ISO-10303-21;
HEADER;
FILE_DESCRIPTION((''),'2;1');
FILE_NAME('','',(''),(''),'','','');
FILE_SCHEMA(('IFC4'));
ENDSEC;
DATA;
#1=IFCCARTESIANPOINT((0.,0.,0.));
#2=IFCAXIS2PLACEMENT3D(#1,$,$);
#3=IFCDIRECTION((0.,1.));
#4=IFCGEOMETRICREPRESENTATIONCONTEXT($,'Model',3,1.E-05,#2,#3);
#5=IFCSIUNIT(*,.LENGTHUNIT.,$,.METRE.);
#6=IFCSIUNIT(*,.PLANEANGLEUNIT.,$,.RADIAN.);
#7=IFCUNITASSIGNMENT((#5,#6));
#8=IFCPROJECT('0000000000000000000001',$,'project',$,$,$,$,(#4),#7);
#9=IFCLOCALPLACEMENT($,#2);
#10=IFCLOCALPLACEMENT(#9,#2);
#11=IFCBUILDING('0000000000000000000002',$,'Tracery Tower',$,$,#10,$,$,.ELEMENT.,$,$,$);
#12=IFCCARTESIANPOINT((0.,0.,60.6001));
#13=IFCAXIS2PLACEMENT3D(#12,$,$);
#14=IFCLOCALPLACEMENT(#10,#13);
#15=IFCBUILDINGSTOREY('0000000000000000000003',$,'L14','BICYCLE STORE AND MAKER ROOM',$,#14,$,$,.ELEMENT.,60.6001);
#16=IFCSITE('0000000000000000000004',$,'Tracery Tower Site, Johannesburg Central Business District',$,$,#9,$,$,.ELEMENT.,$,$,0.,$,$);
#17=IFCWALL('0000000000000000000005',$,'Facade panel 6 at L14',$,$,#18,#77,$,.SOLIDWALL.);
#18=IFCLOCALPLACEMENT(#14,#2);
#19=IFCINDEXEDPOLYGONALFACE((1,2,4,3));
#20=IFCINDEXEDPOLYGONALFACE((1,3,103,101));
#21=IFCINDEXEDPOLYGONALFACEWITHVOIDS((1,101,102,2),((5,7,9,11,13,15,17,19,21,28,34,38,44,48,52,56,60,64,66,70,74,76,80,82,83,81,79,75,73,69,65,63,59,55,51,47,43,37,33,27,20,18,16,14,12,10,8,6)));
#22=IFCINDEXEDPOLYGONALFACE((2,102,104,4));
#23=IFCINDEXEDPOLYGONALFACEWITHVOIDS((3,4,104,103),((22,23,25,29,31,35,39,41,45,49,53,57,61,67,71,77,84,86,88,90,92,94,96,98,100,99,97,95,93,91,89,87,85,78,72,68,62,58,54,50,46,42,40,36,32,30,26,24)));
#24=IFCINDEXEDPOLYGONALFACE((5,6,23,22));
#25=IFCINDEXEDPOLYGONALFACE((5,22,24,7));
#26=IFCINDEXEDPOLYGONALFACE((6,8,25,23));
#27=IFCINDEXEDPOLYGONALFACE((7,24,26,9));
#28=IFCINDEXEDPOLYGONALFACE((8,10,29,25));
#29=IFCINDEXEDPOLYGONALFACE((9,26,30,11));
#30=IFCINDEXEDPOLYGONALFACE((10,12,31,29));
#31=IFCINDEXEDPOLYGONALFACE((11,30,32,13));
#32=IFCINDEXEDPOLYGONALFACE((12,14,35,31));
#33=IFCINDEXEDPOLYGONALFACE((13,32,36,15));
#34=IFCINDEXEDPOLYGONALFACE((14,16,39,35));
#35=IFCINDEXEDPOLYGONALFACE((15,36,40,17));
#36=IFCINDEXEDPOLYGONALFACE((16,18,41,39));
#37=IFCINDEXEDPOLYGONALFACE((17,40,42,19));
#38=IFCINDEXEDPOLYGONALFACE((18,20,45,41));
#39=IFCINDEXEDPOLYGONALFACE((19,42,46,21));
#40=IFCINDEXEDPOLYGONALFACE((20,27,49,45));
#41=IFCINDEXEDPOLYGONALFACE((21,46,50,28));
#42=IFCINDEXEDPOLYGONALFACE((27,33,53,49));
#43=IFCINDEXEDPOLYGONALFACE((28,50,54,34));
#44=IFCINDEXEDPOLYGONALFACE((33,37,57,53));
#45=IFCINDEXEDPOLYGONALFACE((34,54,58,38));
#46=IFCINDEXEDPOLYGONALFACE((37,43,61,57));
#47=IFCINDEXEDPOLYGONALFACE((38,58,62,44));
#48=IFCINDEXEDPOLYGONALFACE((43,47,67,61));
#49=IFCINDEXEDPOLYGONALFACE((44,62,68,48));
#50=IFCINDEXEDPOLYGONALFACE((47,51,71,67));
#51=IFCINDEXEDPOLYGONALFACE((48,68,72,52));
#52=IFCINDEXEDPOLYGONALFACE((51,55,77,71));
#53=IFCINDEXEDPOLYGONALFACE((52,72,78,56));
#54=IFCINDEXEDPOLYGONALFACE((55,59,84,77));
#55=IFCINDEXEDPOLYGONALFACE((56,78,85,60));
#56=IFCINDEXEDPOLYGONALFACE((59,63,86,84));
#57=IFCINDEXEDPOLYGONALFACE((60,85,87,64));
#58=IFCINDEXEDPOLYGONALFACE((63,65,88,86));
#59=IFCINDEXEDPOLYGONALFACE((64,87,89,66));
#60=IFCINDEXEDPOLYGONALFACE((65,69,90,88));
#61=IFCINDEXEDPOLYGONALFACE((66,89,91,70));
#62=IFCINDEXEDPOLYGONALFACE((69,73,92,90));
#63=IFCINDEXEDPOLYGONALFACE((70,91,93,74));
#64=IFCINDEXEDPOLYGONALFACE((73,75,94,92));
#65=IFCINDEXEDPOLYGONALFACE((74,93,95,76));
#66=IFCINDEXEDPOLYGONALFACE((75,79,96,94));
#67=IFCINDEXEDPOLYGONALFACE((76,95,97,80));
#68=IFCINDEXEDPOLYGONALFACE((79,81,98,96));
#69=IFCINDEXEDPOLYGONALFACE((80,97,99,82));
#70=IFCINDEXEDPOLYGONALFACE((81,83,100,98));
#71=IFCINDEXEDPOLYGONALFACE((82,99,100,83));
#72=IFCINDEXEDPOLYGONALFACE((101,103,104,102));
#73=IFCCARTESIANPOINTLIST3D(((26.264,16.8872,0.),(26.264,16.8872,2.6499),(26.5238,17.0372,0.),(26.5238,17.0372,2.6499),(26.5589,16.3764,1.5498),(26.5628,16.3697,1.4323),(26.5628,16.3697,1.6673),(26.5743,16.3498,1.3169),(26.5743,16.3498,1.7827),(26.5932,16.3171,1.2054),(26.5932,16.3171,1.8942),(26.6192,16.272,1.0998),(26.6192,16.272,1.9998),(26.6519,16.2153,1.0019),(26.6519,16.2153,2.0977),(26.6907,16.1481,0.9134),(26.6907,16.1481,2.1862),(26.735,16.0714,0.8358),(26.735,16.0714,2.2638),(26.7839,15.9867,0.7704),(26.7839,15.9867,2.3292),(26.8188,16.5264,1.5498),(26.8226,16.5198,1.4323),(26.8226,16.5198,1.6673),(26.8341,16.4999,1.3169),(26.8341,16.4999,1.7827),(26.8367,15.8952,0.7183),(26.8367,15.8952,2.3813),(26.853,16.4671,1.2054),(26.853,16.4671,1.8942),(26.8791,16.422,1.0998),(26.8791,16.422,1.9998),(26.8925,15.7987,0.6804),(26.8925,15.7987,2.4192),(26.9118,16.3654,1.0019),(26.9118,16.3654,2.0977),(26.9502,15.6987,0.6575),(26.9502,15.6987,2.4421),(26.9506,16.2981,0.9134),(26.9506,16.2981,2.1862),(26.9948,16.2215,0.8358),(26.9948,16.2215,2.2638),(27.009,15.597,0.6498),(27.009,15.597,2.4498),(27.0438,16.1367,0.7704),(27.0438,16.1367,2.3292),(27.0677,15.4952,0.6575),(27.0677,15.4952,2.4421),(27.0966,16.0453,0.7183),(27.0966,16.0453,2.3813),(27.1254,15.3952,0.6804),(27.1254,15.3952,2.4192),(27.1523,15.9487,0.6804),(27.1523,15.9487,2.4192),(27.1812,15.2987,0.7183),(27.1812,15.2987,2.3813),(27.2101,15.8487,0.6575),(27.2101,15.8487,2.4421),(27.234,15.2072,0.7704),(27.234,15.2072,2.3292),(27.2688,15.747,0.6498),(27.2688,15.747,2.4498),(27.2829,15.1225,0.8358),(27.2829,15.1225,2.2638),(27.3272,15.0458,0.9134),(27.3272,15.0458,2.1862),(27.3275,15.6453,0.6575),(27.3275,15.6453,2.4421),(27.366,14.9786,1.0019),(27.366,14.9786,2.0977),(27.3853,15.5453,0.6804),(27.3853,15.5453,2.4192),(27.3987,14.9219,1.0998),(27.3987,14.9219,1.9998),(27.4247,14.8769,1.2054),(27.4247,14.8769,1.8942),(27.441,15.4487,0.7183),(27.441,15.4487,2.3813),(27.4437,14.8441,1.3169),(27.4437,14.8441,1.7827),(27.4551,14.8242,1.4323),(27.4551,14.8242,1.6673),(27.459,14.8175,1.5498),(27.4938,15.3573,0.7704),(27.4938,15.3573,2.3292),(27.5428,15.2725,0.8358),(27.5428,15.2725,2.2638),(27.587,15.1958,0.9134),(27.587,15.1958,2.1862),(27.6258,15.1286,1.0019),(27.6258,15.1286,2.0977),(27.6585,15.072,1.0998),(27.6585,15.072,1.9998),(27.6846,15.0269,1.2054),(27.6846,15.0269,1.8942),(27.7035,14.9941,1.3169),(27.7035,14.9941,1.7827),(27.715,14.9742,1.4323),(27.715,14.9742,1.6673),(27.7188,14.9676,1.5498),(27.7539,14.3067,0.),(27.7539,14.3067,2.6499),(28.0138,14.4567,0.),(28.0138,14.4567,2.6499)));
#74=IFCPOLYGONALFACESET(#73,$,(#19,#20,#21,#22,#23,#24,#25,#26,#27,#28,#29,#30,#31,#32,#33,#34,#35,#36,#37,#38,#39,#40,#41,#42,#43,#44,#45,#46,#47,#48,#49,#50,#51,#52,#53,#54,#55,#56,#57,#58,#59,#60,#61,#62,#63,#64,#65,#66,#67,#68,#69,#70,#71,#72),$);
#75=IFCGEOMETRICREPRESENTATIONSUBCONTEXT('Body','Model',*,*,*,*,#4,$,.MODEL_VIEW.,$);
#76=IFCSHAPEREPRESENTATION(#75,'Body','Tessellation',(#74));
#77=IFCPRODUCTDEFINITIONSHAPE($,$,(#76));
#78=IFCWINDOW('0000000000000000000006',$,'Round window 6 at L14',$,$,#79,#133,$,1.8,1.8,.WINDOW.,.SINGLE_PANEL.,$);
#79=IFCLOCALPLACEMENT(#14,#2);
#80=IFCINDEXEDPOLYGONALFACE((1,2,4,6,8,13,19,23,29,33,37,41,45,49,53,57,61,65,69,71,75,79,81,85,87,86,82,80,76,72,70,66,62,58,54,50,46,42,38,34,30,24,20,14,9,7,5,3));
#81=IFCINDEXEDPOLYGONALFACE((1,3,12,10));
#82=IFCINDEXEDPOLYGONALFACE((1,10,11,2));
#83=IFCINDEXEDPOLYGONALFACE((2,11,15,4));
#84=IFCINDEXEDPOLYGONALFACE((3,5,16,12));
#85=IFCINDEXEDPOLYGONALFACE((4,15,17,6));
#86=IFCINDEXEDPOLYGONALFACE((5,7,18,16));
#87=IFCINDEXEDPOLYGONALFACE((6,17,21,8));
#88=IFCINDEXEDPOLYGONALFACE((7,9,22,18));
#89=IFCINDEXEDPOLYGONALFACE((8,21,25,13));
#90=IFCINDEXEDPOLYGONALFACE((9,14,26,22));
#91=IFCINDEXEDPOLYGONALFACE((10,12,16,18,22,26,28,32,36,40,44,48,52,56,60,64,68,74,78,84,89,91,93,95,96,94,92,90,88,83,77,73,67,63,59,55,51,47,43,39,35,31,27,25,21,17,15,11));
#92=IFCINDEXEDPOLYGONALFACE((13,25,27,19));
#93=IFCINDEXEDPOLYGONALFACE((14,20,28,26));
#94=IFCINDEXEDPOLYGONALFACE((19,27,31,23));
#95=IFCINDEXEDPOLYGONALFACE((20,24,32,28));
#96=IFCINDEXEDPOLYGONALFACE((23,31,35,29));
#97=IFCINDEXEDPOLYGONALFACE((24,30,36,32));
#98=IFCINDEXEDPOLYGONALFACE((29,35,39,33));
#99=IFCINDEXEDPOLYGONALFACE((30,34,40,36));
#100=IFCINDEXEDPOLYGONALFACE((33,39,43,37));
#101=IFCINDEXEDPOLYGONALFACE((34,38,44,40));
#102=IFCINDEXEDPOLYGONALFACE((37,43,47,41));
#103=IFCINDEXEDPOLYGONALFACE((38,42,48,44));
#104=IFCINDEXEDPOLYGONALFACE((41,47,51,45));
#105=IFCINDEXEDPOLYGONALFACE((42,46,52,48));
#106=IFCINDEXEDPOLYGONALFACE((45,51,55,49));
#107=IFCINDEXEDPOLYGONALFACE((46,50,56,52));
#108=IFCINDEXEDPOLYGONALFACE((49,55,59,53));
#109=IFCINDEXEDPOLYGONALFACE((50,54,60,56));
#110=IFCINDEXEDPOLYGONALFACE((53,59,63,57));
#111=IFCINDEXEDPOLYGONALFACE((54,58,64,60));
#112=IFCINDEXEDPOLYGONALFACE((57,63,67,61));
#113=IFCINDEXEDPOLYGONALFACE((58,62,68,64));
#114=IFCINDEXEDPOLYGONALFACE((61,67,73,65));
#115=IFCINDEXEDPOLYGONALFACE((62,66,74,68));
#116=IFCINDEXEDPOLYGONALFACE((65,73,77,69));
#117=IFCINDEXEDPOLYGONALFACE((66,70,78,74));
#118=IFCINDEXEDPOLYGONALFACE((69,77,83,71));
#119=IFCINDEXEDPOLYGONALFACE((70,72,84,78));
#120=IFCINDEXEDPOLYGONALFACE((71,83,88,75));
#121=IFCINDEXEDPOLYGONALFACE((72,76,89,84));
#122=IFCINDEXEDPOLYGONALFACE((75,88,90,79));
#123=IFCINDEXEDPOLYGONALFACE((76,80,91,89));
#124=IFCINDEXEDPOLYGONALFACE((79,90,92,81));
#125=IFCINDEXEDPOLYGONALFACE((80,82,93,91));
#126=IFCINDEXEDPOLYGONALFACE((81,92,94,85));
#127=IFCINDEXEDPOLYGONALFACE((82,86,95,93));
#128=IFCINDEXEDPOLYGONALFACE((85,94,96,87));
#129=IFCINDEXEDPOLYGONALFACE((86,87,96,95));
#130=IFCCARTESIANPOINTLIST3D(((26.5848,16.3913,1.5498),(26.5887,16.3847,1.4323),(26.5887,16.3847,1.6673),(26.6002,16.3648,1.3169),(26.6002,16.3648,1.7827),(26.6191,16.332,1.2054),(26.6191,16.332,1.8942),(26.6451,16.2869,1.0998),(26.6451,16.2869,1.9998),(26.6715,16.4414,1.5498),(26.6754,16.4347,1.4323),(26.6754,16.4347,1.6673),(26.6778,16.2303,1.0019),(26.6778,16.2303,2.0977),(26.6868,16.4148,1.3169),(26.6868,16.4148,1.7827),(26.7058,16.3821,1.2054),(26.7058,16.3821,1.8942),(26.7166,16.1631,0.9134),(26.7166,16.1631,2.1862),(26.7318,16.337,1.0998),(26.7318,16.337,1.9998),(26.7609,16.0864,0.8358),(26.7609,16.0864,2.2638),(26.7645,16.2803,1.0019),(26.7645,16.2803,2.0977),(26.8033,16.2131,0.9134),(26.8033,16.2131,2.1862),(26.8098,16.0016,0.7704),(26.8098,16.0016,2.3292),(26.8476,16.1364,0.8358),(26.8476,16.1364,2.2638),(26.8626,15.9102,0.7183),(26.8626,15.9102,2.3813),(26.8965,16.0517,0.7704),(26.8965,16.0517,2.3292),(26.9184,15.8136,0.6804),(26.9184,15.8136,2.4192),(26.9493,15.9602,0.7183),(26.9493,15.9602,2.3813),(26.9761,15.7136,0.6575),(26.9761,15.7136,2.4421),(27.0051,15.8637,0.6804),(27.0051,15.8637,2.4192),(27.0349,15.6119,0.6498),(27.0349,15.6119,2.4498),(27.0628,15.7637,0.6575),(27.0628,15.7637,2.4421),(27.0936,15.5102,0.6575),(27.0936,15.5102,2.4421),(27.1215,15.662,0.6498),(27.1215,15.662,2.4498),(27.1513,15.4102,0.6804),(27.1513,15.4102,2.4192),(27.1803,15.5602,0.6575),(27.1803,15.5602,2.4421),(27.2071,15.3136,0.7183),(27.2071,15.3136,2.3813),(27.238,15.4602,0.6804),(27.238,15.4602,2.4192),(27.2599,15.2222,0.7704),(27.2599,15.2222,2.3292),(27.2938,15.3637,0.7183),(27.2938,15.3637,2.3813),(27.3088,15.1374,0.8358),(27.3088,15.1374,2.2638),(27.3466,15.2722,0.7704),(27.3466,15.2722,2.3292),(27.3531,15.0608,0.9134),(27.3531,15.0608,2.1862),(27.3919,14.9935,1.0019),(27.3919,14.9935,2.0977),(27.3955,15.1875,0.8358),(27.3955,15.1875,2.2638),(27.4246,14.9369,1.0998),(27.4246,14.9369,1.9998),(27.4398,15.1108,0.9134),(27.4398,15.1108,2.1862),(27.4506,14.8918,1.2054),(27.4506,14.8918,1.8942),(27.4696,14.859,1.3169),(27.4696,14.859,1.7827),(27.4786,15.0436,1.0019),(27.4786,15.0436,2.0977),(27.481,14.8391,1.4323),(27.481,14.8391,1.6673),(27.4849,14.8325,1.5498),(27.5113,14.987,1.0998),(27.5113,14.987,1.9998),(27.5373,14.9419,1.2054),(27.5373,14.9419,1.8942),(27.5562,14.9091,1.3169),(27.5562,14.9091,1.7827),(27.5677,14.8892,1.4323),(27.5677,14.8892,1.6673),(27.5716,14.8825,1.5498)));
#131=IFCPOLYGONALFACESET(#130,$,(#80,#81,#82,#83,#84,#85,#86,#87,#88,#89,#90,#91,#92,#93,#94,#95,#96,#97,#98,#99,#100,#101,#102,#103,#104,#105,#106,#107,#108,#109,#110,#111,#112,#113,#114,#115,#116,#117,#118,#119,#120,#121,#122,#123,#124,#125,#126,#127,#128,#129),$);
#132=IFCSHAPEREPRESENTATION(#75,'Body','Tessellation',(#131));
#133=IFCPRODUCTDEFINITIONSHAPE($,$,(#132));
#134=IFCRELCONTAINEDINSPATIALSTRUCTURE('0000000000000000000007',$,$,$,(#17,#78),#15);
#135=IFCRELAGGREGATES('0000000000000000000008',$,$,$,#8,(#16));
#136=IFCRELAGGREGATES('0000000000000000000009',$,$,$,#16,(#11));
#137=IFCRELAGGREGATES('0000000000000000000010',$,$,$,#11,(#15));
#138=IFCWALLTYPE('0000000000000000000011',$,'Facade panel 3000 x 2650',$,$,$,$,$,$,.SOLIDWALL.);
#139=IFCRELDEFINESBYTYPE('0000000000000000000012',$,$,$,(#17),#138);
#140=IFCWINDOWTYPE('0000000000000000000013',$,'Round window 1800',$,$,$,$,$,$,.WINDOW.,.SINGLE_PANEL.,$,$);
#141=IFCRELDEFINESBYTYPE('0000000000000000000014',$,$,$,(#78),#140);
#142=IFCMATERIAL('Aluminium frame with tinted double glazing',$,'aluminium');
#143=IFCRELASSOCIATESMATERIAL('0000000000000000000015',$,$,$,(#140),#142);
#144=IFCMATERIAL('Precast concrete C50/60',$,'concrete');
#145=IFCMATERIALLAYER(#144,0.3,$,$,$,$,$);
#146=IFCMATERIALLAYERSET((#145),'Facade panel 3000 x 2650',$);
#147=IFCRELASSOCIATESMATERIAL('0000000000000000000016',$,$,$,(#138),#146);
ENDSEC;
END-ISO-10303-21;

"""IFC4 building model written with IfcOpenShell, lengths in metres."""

from ifc_helpers import new_model, si_unit, direction, frame, frame_2d, origin, origin_2d, place, context, subcontext, project, spatial, rectangle, circle, extrude, material, layer, layer_set, type_object, element, fill, save


model = new_model("IFC4")

# Units and contexts
model_context = context("Model", 3, precision=1e-05, world=origin(), true_north=direction((0.0, 1.0)))
body_context = subcontext(model_context, "Body", "Model", "MODEL_VIEW")
ifc_project = project(units=[si_unit("LENGTHUNIT", "METRE"), si_unit("PLANEANGLEUNIT", "RADIAN")], contexts=[model_context])

# Site, building, storey
site_placement = place(None, origin())
site = spatial("IfcSite", under=ifc_project, at=site_placement, Name="Tracery Tower Site, Johannesburg Central Business District", CompositionType="ELEMENT", RefElevation=0.0)
building_placement = place(site_placement, origin())
building = spatial("IfcBuilding", under=site, at=building_placement, Name="Tracery Tower", CompositionType="ELEMENT")
storey_placement = place(building_placement, frame((0.0, 0.0, 60.6001)))
storey = spatial("IfcBuildingStorey", under=building, at=storey_placement, Name="L14", Description="BICYCLE STORE AND MAKER ROOM", CompositionType="ELEMENT", Elevation=60.6001)

# Wall, opening, window
ifc_material_1 = material(Name="Aluminium frame with tinted double glazing", Category="aluminium")
window_type = type_object("IfcWindowType", Name="Round window 1800", PartitioningType="SINGLE_PANEL", PredefinedType="WINDOW", material=ifc_material_1)
ifc_material_2 = material(Name="Precast concrete C50/60", Category="concrete")
ifc_layer_1 = layer(ifc_material_2, 0.3)
ifc_layer_set_1 = layer_set([ifc_layer_1], Name="Facade panel 3000 x 2650")
wall_type_1 = type_object("IfcWallType", Name="Facade panel 3000 x 2650", PredefinedType="SOLIDWALL", material=ifc_layer_set_1)
wall_1_placement = place(storey_placement, frame((27.8838, 14.3818, 0.0), z_axis=(0.0, 0.0, 1.0), x_axis=(-0.500025, 0.866011, 0.0)))
wall_1 = element("IfcWall", 1, at=wall_1_placement, inside=storey, type_object=wall_type_1, Name="Facade panel 6 at L14", PredefinedType="SOLIDWALL", context=body_context, shape_type="SweptSolid", body=[
    extrude(rectangle(XDim=2.9797, YDim=0.3, at=frame_2d((1.4897, 0.0))), origin(), (0.0, 0.0, 1.0), 2.6499),
])
opening_1_placement = place(wall_1_placement, frame((1.4897, 0.0, 1.5498)))
opening_1 = element("IfcOpeningElement", 2, at=opening_1_placement, cuts=wall_1, PredefinedType="OPENING", context=body_context, shape_type="SweptSolid", body=[
    extrude(circle(Radius=0.9, at=origin_2d()), frame((0.0, 0.1599, 0.0), z_axis=(0.0, -1.0, 0.0), x_axis=(1.0, 0.0, 0.0)), (0.0, 0.0, 1.0), 0.3201),
])
window_1_placement = place(opening_1_placement, origin())
window_1 = element("IfcWindow", 3, at=window_1_placement, inside=storey, type_object=window_type, Name="Round window 6 at L14", OverallHeight=1.8, OverallWidth=1.8, PartitioningType="SINGLE_PANEL", PredefinedType="WINDOW", context=body_context, shape_type="SweptSolid", body=[
    extrude(circle(Radius=0.9, at=origin_2d()), frame((0.0, 0.1201, 0.0), z_axis=(0.0, -1.0, 0.0), x_axis=(1.0, 0.0, 0.0)), (0.0, 0.0, 1.0), 0.1001),
])
fill(opening_1, window_1)

save(model, "model.ifc")
